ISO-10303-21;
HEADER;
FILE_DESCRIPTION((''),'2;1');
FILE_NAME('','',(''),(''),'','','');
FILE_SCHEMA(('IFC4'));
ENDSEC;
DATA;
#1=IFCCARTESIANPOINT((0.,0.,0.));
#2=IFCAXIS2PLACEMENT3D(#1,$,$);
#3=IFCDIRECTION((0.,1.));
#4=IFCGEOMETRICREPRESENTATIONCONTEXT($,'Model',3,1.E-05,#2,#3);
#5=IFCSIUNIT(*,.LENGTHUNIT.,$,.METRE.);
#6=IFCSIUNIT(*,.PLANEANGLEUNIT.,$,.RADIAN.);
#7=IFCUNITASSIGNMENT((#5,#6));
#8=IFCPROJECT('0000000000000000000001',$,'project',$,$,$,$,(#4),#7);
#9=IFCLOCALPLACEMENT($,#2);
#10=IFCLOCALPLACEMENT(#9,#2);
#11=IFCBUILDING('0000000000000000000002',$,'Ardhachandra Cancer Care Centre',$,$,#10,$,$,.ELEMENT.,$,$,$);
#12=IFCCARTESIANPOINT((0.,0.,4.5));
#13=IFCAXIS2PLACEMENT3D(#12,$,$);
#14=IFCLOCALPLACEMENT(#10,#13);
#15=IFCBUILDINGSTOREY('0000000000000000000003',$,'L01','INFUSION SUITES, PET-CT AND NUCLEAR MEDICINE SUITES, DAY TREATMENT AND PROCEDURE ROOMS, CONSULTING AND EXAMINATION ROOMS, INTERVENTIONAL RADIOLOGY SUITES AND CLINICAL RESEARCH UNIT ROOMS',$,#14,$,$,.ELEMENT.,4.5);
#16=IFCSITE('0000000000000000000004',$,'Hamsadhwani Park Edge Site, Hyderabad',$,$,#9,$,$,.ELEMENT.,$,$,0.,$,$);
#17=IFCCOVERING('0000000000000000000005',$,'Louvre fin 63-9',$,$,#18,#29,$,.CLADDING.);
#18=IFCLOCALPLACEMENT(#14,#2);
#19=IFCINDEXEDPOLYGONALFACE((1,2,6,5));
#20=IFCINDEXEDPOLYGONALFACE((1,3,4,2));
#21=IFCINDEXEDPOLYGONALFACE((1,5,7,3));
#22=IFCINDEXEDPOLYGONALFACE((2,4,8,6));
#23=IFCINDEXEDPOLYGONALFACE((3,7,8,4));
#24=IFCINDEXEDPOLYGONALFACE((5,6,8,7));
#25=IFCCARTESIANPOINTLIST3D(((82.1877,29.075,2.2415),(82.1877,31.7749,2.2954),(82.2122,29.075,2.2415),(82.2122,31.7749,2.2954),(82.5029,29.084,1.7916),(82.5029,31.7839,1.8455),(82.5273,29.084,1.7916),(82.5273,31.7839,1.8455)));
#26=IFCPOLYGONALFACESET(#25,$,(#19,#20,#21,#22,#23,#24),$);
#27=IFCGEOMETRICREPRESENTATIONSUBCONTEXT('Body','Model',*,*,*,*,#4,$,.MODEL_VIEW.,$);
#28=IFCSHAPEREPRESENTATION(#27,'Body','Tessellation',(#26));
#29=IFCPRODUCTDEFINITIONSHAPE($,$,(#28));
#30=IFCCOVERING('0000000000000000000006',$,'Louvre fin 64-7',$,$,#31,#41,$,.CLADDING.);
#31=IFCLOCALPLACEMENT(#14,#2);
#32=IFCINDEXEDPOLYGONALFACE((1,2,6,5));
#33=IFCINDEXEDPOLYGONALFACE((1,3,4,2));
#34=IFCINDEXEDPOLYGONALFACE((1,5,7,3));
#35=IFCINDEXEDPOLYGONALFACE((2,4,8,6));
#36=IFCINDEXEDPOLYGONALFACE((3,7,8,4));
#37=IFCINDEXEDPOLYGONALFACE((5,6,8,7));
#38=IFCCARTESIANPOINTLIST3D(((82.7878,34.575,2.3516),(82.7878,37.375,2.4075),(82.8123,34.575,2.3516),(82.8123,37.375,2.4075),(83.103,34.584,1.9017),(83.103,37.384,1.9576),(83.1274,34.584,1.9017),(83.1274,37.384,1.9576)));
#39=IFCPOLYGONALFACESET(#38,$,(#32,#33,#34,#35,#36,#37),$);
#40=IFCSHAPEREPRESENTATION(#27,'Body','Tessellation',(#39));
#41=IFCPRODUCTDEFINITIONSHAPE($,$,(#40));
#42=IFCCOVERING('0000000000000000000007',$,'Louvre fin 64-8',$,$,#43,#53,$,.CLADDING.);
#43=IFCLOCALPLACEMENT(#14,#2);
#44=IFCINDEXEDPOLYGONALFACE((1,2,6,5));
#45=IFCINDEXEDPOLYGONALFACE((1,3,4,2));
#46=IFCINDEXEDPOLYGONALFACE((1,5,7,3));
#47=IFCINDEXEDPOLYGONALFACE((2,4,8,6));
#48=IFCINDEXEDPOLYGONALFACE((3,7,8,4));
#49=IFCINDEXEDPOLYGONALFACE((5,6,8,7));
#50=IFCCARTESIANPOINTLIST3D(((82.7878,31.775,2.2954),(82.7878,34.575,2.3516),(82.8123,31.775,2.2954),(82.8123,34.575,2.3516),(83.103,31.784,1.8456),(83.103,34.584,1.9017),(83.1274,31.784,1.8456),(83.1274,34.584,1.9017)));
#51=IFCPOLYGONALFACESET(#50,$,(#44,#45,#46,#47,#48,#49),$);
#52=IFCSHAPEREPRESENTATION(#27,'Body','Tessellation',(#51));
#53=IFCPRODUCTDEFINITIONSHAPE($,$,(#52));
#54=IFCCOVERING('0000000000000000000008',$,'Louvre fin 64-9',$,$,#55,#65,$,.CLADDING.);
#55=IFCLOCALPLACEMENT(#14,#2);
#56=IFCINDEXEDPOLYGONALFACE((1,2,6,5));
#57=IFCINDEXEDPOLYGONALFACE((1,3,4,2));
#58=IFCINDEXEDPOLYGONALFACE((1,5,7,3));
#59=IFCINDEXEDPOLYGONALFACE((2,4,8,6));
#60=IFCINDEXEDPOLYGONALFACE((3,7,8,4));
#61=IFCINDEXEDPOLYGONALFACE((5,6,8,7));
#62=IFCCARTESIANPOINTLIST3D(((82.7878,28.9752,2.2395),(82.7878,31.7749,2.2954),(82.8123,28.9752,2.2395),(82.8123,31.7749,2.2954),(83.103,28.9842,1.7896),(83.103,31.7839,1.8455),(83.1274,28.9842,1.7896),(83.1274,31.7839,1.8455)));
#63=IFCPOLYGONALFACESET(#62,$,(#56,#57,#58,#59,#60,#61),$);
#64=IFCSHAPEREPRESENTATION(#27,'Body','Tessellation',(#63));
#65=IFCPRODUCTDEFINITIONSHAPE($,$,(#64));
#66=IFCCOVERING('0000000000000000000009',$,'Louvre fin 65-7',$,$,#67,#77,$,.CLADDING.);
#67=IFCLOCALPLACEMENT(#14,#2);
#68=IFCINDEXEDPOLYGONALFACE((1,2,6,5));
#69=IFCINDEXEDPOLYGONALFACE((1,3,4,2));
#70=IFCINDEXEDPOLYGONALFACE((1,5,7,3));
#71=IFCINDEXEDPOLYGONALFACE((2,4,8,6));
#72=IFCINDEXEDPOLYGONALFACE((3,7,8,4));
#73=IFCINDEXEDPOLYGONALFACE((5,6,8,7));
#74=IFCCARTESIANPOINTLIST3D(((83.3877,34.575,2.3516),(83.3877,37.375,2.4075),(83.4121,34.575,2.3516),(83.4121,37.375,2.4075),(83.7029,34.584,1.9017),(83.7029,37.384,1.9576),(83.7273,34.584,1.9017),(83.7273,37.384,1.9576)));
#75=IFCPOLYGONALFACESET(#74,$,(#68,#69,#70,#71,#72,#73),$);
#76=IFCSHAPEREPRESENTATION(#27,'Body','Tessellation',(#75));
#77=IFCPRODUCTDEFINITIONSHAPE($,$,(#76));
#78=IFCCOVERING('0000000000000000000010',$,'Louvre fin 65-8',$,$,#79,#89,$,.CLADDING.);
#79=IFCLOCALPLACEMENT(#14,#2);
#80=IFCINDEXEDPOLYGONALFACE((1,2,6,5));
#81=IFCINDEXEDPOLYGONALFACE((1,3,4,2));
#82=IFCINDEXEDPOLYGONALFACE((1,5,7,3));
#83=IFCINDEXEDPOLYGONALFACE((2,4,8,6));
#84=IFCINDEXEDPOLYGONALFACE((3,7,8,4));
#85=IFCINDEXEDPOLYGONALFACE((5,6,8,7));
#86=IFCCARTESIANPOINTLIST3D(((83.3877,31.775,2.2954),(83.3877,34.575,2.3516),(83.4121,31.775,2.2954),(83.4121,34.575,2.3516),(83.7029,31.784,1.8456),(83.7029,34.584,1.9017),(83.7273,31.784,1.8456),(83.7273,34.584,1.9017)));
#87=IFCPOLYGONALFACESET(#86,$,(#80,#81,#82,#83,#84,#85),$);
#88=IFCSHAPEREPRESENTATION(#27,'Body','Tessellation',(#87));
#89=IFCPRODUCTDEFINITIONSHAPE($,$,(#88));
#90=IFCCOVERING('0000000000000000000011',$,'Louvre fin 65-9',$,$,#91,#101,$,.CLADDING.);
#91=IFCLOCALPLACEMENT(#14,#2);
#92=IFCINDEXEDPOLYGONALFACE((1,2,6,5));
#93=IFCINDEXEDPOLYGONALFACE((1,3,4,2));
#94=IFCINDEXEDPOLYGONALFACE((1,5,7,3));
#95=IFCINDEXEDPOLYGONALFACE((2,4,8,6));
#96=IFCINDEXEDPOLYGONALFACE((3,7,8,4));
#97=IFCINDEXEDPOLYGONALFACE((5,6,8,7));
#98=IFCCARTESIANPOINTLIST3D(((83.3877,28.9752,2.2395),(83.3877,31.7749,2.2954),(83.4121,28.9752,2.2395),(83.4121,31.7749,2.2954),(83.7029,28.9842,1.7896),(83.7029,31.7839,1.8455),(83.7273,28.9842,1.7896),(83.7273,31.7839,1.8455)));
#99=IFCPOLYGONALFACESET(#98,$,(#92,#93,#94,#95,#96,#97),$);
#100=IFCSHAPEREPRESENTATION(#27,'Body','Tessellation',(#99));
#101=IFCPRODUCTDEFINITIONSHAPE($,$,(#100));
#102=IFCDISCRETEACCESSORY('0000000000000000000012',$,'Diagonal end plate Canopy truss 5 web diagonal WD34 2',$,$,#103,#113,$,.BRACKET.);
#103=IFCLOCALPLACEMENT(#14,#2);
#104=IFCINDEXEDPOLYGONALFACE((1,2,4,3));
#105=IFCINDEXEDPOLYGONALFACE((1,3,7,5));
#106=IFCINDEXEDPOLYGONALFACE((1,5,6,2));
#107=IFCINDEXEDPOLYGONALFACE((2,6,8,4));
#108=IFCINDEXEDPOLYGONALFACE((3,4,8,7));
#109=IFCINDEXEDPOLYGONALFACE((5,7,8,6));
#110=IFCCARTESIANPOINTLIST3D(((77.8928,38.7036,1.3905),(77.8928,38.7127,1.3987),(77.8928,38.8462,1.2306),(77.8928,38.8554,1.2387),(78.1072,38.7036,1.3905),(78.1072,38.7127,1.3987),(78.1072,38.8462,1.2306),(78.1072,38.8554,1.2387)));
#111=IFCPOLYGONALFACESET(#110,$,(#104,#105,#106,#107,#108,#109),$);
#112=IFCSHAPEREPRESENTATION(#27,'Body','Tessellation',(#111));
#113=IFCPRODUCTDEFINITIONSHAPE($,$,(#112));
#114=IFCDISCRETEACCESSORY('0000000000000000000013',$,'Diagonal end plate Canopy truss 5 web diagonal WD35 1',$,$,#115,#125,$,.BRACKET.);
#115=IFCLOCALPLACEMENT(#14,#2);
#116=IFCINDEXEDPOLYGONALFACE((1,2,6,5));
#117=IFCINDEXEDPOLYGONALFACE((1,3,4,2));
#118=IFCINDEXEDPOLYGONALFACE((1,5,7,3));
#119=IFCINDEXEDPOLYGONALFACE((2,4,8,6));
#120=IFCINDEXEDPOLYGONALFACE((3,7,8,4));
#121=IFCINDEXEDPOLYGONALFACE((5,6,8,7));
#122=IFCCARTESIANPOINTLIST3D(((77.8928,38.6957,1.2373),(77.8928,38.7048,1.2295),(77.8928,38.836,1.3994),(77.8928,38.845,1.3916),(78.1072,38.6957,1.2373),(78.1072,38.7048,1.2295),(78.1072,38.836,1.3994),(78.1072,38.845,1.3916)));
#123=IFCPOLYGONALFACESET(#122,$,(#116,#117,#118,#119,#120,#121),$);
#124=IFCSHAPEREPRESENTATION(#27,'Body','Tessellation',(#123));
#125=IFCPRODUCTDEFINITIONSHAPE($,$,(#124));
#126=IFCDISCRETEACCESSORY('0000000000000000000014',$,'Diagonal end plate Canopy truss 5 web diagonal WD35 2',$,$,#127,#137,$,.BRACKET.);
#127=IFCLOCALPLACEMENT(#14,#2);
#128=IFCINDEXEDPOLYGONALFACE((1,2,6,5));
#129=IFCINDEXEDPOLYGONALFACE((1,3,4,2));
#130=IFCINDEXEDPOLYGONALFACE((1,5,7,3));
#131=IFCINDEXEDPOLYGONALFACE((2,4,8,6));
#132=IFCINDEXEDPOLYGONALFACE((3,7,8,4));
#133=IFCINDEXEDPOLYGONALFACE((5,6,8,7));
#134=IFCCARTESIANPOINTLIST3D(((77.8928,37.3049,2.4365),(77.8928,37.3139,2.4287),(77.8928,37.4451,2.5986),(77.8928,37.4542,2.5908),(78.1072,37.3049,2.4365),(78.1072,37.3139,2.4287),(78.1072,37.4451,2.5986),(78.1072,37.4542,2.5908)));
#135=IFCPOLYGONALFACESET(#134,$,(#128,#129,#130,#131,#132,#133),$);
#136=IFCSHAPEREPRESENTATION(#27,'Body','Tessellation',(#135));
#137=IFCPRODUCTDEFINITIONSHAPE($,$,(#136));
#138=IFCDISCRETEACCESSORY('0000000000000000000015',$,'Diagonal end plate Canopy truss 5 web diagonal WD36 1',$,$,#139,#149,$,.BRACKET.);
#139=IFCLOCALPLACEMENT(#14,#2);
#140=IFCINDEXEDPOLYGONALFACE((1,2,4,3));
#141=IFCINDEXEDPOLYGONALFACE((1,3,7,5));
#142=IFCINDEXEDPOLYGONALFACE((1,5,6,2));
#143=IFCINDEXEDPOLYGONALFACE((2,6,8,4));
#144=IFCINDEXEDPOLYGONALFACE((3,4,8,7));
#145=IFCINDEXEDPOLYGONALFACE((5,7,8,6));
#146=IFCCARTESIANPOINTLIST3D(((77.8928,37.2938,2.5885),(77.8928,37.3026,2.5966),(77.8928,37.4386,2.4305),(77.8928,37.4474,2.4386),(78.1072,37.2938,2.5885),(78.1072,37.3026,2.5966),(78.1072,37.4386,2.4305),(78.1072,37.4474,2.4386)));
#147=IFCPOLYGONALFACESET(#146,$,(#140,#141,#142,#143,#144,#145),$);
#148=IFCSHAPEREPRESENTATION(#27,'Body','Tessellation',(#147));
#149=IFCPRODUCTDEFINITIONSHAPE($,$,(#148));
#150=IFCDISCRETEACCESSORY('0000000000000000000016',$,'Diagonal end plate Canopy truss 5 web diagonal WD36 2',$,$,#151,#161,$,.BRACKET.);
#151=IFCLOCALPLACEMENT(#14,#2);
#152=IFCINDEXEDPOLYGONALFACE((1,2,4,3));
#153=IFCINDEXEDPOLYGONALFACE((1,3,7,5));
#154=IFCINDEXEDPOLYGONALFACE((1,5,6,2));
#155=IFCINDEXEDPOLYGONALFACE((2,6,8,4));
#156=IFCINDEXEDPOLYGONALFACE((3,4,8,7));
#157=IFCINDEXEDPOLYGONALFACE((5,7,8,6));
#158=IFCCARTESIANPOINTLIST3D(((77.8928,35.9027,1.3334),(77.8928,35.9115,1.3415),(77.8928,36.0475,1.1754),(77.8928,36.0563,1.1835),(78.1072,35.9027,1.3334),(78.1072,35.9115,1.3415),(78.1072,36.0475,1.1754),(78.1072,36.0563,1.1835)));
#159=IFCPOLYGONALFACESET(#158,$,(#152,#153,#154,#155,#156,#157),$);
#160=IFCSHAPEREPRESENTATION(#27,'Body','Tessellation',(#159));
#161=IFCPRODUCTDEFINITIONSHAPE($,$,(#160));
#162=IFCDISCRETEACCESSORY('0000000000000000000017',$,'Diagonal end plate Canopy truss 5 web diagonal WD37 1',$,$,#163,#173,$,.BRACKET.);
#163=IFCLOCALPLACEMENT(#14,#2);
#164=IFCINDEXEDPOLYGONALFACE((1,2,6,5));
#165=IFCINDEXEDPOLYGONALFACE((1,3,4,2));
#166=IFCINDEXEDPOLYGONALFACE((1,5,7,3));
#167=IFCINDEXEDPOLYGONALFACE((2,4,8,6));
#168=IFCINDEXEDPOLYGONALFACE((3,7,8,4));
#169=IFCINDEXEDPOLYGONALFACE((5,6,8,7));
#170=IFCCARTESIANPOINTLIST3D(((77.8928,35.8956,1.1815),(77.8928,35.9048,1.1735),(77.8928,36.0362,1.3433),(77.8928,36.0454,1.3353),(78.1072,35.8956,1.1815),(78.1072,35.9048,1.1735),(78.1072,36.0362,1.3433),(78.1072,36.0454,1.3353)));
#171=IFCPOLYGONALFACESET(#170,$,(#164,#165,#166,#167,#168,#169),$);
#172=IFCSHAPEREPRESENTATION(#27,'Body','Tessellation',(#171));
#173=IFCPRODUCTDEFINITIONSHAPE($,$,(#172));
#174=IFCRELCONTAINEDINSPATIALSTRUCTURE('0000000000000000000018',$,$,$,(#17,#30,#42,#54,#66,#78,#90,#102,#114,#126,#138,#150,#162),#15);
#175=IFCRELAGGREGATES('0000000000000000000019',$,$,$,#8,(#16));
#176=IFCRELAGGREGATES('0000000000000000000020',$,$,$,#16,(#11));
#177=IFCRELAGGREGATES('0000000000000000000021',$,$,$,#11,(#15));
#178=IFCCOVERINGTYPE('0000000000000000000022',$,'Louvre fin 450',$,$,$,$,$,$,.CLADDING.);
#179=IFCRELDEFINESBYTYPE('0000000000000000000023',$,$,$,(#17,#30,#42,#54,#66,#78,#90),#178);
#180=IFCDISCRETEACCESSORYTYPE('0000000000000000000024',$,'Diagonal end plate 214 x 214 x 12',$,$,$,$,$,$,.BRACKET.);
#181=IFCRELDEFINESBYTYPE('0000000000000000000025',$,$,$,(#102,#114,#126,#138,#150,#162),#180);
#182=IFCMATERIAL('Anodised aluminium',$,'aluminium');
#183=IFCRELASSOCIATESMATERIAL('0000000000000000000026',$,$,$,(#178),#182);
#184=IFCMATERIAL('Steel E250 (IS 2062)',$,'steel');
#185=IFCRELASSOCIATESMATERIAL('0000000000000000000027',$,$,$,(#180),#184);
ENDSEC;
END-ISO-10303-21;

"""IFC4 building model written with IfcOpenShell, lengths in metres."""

from ifc_helpers import new_model, si_unit, direction, frame, origin, origin_2d, place, context, subcontext, project, spatial, polyline, rectangle, outline, extrude, material, material_profile, profile_set, type_object, element, save


model = new_model("IFC4")

# Units and contexts
model_context = context("Model", 3, precision=1e-05, world=origin(), true_north=direction((0.0, 1.0)))
body_context = subcontext(model_context, "Body", "Model", "MODEL_VIEW")
ifc_project = project(units=[si_unit("LENGTHUNIT", "METRE"), si_unit("PLANEANGLEUNIT", "RADIAN")], contexts=[model_context])

# Site, building, storey
site_placement = place(None, origin())
site = spatial("IfcSite", under=ifc_project, at=site_placement, Name="Hamsadhwani Park Edge Site, Hyderabad", CompositionType="ELEMENT", RefElevation=0.0)
building_placement = place(site_placement, origin())
building = spatial("IfcBuilding", under=site, at=building_placement, Name="Ardhachandra Cancer Care Centre", CompositionType="ELEMENT")
storey_placement = place(building_placement, frame((0.0, 0.0, 4.5)))
storey = spatial("IfcBuildingStorey", under=building, at=storey_placement, Name="L01", Description="INFUSION SUITES, PET-CT AND NUCLEAR MEDICINE SUITES, DAY TREATMENT AND PROCEDURE ROOMS, CONSULTING AND EXAMINATION ROOMS, INTERVENTIONAL RADIOLOGY SUITES AND CLINICAL RESEARCH UNIT ROOMS", CompositionType="ELEMENT", Elevation=4.5)

# Coverings
ifc_material_1 = material(Name="Anodised aluminium", Category="aluminium")
ifc_material_profile_1 = material_profile(ifc_material_1, outline(polyline([(-0.0122, 0.0), (0.0122, 0.0), (0.3274, -0.45), (0.303, -0.45), (-0.0122, 0.0)])), Name="Louvre fin 450")
ifc_profile_set_1 = profile_set([ifc_material_profile_1], Name="Anodised aluminium")
covering_type = type_object("IfcCoveringType", Name="Louvre fin 450", PredefinedType="CLADDING", material=ifc_profile_set_1)
covering_1_placement = place(storey_placement, frame((82.2, 31.7749, 2.2954), z_axis=(0.0, -0.9998, -0.01998), x_axis=(1.0, 0.0, 0.0)))
element("IfcCovering", 1, at=covering_1_placement, inside=storey, type_object=covering_type, Name="Louvre fin 63-9", PredefinedType="CLADDING", context=body_context, shape_type="SweptSolid", body=[
    extrude(outline(polyline([(-0.0122, 0.0), (0.0122, 0.0), (0.3274, -0.45), (0.303, -0.45), (-0.0122, 0.0)])), origin(), (0.0, 0.0, 1.0), 2.7004),
])
for number, where, z_axis, x_axis, name in (
    (2, (82.8, 37.375, 2.4075), (0.0, -0.999801, -0.019963), (1.0, 0.0, 0.0), "Louvre fin 64-7"),
    (3, (82.8, 34.575, 2.3516), (0.0, -0.999799, -0.02005), (1.0, 0.0, 0.0), "Louvre fin 64-8"),
):
    element("IfcCovering", number, at=place(storey_placement, frame(where, z_axis=z_axis, x_axis=x_axis)), inside=storey, type_object=covering_type, Name=name, PredefinedType="CLADDING", context=body_context, shape_type="SweptSolid", body=[
        extrude(outline(polyline([(-0.0122, 0.0), (0.0122, 0.0), (0.3274, -0.45), (0.303, -0.45), (-0.0122, 0.0)])), origin(), (0.0, 0.0, 1.0), 2.8005),
    ])
covering_2_placement = place(storey_placement, frame((82.8, 31.7749, 2.2954), z_axis=(0.0, -0.999801, -0.019965), x_axis=(1.0, 0.0, 0.0)))
element("IfcCovering", 4, at=covering_2_placement, inside=storey, type_object=covering_type, Name="Louvre fin 64-9", PredefinedType="CLADDING", context=body_context, shape_type="SweptSolid", body=[
    extrude(outline(polyline([(-0.0122, 0.0), (0.0122, 0.0), (0.3274, -0.45), (0.303, -0.45), (-0.0122, 0.0)])), origin(), (0.0, 0.0, 1.0), 2.8003),
])
for number, where, z_axis, x_axis, name in (
    (5, (83.3999, 37.375, 2.4075), (0.0, -0.999801, -0.019963), (1.0, 0.0, 0.0), "Louvre fin 65-7"),
    (6, (83.3999, 34.575, 2.3516), (0.0, -0.999799, -0.02005), (1.0, 0.0, 0.0), "Louvre fin 65-8"),
):
    element("IfcCovering", number, at=place(storey_placement, frame(where, z_axis=z_axis, x_axis=x_axis)), inside=storey, type_object=covering_type, Name=name, PredefinedType="CLADDING", context=body_context, shape_type="SweptSolid", body=[
        extrude(outline(polyline([(-0.0122, 0.0), (0.0122, 0.0), (0.3274, -0.45), (0.303, -0.45), (-0.0122, 0.0)])), origin(), (0.0, 0.0, 1.0), 2.8005),
    ])
covering_3_placement = place(storey_placement, frame((83.3999, 31.7749, 2.2954), z_axis=(0.0, -0.999801, -0.019965), x_axis=(1.0, 0.0, 0.0)))
element("IfcCovering", 7, at=covering_3_placement, inside=storey, type_object=covering_type, Name="Louvre fin 65-9", PredefinedType="CLADDING", context=body_context, shape_type="SweptSolid", body=[
    extrude(outline(polyline([(-0.0122, 0.0), (0.0122, 0.0), (0.3274, -0.45), (0.303, -0.45), (-0.0122, 0.0)])), origin(), (0.0, 0.0, 1.0), 2.8003),
])

# Discrete accessories
ifc_material_2 = material(Name="Steel E250 (IS 2062)", Category="steel")
ifc_material_profile_2 = material_profile(ifc_material_2, rectangle(XDim=0.2144, YDim=0.2144, at=origin_2d()), Name="PL 214x214x12")
ifc_profile_set_2 = profile_set([ifc_material_profile_2], Name="Steel E250 (IS 2062)")
discrete_accessory_type = type_object("IfcDiscreteAccessoryType", Name="Diagonal end plate 214 x 214 x 12", PredefinedType="BRACKET", material=ifc_profile_set_2)
discrete_accessory_1_placement = place(storey_placement, frame((78.0, 38.7749, 1.3105), z_axis=(0.0, 0.746295, 0.665615), x_axis=(-1.0, 0.0, 0.0)))
element("IfcDiscreteAccessory", 8, at=discrete_accessory_1_placement, inside=storey, type_object=discrete_accessory_type, Name="Diagonal end plate Canopy truss 5 web diagonal WD34 2", PredefinedType="BRACKET", context=body_context, shape_type="SweptSolid", body=[
    extrude(rectangle(XDim=0.2144, YDim=0.2144, at=origin_2d()), origin(), (0.0, 0.0, 1.0), 0.0122),
])
for number, where, z_axis, x_axis, name in (
    (9, (78.0, 38.7749, 1.3105), (0.0, -0.756363, 0.654152), (1.0, 0.0, 0.0), "Diagonal end plate Canopy truss 5 web diagonal WD35 1"),
    (10, (78.0, 37.375, 2.5176), (0.0, 0.756363, -0.654152), (-1.0, 0.0, 0.0), "Diagonal end plate Canopy truss 5 web diagonal WD35 2"),
    (11, (78.0, 37.375, 2.5176), (0.0, -0.737154, -0.675725), (1.0, 0.0, 0.0), "Diagonal end plate Canopy truss 5 web diagonal WD36 1"),
    (12, (78.0, 35.9751, 1.2544), (0.0, 0.737154, 0.675725), (-1.0, 0.0, 0.0), "Diagonal end plate Canopy truss 5 web diagonal WD36 2"),
):
    element("IfcDiscreteAccessory", number, at=place(storey_placement, frame(where, z_axis=z_axis, x_axis=x_axis)), inside=storey, type_object=discrete_accessory_type, Name=name, PredefinedType="BRACKET", context=body_context, shape_type="SweptSolid", body=[
        extrude(rectangle(XDim=0.2144, YDim=0.2144, at=origin_2d()), origin(), (0.0, 0.0, 1.0), 0.012),
    ])
discrete_accessory_2_placement = place(storey_placement, frame((78.0, 35.9751, 1.2544), z_axis=(0.0, -0.755033, 0.655687), x_axis=(1.0, 0.0, 0.0)))
element("IfcDiscreteAccessory", 13, at=discrete_accessory_2_placement, inside=storey, type_object=discrete_accessory_type, Name="Diagonal end plate Canopy truss 5 web diagonal WD37 1", PredefinedType="BRACKET", context=body_context, shape_type="SweptSolid", body=[
    extrude(rectangle(XDim=0.2144, YDim=0.2144, at=origin_2d()), origin(), (0.0, 0.0, 1.0), 0.0122),
])

save(model, "model.ifc")
